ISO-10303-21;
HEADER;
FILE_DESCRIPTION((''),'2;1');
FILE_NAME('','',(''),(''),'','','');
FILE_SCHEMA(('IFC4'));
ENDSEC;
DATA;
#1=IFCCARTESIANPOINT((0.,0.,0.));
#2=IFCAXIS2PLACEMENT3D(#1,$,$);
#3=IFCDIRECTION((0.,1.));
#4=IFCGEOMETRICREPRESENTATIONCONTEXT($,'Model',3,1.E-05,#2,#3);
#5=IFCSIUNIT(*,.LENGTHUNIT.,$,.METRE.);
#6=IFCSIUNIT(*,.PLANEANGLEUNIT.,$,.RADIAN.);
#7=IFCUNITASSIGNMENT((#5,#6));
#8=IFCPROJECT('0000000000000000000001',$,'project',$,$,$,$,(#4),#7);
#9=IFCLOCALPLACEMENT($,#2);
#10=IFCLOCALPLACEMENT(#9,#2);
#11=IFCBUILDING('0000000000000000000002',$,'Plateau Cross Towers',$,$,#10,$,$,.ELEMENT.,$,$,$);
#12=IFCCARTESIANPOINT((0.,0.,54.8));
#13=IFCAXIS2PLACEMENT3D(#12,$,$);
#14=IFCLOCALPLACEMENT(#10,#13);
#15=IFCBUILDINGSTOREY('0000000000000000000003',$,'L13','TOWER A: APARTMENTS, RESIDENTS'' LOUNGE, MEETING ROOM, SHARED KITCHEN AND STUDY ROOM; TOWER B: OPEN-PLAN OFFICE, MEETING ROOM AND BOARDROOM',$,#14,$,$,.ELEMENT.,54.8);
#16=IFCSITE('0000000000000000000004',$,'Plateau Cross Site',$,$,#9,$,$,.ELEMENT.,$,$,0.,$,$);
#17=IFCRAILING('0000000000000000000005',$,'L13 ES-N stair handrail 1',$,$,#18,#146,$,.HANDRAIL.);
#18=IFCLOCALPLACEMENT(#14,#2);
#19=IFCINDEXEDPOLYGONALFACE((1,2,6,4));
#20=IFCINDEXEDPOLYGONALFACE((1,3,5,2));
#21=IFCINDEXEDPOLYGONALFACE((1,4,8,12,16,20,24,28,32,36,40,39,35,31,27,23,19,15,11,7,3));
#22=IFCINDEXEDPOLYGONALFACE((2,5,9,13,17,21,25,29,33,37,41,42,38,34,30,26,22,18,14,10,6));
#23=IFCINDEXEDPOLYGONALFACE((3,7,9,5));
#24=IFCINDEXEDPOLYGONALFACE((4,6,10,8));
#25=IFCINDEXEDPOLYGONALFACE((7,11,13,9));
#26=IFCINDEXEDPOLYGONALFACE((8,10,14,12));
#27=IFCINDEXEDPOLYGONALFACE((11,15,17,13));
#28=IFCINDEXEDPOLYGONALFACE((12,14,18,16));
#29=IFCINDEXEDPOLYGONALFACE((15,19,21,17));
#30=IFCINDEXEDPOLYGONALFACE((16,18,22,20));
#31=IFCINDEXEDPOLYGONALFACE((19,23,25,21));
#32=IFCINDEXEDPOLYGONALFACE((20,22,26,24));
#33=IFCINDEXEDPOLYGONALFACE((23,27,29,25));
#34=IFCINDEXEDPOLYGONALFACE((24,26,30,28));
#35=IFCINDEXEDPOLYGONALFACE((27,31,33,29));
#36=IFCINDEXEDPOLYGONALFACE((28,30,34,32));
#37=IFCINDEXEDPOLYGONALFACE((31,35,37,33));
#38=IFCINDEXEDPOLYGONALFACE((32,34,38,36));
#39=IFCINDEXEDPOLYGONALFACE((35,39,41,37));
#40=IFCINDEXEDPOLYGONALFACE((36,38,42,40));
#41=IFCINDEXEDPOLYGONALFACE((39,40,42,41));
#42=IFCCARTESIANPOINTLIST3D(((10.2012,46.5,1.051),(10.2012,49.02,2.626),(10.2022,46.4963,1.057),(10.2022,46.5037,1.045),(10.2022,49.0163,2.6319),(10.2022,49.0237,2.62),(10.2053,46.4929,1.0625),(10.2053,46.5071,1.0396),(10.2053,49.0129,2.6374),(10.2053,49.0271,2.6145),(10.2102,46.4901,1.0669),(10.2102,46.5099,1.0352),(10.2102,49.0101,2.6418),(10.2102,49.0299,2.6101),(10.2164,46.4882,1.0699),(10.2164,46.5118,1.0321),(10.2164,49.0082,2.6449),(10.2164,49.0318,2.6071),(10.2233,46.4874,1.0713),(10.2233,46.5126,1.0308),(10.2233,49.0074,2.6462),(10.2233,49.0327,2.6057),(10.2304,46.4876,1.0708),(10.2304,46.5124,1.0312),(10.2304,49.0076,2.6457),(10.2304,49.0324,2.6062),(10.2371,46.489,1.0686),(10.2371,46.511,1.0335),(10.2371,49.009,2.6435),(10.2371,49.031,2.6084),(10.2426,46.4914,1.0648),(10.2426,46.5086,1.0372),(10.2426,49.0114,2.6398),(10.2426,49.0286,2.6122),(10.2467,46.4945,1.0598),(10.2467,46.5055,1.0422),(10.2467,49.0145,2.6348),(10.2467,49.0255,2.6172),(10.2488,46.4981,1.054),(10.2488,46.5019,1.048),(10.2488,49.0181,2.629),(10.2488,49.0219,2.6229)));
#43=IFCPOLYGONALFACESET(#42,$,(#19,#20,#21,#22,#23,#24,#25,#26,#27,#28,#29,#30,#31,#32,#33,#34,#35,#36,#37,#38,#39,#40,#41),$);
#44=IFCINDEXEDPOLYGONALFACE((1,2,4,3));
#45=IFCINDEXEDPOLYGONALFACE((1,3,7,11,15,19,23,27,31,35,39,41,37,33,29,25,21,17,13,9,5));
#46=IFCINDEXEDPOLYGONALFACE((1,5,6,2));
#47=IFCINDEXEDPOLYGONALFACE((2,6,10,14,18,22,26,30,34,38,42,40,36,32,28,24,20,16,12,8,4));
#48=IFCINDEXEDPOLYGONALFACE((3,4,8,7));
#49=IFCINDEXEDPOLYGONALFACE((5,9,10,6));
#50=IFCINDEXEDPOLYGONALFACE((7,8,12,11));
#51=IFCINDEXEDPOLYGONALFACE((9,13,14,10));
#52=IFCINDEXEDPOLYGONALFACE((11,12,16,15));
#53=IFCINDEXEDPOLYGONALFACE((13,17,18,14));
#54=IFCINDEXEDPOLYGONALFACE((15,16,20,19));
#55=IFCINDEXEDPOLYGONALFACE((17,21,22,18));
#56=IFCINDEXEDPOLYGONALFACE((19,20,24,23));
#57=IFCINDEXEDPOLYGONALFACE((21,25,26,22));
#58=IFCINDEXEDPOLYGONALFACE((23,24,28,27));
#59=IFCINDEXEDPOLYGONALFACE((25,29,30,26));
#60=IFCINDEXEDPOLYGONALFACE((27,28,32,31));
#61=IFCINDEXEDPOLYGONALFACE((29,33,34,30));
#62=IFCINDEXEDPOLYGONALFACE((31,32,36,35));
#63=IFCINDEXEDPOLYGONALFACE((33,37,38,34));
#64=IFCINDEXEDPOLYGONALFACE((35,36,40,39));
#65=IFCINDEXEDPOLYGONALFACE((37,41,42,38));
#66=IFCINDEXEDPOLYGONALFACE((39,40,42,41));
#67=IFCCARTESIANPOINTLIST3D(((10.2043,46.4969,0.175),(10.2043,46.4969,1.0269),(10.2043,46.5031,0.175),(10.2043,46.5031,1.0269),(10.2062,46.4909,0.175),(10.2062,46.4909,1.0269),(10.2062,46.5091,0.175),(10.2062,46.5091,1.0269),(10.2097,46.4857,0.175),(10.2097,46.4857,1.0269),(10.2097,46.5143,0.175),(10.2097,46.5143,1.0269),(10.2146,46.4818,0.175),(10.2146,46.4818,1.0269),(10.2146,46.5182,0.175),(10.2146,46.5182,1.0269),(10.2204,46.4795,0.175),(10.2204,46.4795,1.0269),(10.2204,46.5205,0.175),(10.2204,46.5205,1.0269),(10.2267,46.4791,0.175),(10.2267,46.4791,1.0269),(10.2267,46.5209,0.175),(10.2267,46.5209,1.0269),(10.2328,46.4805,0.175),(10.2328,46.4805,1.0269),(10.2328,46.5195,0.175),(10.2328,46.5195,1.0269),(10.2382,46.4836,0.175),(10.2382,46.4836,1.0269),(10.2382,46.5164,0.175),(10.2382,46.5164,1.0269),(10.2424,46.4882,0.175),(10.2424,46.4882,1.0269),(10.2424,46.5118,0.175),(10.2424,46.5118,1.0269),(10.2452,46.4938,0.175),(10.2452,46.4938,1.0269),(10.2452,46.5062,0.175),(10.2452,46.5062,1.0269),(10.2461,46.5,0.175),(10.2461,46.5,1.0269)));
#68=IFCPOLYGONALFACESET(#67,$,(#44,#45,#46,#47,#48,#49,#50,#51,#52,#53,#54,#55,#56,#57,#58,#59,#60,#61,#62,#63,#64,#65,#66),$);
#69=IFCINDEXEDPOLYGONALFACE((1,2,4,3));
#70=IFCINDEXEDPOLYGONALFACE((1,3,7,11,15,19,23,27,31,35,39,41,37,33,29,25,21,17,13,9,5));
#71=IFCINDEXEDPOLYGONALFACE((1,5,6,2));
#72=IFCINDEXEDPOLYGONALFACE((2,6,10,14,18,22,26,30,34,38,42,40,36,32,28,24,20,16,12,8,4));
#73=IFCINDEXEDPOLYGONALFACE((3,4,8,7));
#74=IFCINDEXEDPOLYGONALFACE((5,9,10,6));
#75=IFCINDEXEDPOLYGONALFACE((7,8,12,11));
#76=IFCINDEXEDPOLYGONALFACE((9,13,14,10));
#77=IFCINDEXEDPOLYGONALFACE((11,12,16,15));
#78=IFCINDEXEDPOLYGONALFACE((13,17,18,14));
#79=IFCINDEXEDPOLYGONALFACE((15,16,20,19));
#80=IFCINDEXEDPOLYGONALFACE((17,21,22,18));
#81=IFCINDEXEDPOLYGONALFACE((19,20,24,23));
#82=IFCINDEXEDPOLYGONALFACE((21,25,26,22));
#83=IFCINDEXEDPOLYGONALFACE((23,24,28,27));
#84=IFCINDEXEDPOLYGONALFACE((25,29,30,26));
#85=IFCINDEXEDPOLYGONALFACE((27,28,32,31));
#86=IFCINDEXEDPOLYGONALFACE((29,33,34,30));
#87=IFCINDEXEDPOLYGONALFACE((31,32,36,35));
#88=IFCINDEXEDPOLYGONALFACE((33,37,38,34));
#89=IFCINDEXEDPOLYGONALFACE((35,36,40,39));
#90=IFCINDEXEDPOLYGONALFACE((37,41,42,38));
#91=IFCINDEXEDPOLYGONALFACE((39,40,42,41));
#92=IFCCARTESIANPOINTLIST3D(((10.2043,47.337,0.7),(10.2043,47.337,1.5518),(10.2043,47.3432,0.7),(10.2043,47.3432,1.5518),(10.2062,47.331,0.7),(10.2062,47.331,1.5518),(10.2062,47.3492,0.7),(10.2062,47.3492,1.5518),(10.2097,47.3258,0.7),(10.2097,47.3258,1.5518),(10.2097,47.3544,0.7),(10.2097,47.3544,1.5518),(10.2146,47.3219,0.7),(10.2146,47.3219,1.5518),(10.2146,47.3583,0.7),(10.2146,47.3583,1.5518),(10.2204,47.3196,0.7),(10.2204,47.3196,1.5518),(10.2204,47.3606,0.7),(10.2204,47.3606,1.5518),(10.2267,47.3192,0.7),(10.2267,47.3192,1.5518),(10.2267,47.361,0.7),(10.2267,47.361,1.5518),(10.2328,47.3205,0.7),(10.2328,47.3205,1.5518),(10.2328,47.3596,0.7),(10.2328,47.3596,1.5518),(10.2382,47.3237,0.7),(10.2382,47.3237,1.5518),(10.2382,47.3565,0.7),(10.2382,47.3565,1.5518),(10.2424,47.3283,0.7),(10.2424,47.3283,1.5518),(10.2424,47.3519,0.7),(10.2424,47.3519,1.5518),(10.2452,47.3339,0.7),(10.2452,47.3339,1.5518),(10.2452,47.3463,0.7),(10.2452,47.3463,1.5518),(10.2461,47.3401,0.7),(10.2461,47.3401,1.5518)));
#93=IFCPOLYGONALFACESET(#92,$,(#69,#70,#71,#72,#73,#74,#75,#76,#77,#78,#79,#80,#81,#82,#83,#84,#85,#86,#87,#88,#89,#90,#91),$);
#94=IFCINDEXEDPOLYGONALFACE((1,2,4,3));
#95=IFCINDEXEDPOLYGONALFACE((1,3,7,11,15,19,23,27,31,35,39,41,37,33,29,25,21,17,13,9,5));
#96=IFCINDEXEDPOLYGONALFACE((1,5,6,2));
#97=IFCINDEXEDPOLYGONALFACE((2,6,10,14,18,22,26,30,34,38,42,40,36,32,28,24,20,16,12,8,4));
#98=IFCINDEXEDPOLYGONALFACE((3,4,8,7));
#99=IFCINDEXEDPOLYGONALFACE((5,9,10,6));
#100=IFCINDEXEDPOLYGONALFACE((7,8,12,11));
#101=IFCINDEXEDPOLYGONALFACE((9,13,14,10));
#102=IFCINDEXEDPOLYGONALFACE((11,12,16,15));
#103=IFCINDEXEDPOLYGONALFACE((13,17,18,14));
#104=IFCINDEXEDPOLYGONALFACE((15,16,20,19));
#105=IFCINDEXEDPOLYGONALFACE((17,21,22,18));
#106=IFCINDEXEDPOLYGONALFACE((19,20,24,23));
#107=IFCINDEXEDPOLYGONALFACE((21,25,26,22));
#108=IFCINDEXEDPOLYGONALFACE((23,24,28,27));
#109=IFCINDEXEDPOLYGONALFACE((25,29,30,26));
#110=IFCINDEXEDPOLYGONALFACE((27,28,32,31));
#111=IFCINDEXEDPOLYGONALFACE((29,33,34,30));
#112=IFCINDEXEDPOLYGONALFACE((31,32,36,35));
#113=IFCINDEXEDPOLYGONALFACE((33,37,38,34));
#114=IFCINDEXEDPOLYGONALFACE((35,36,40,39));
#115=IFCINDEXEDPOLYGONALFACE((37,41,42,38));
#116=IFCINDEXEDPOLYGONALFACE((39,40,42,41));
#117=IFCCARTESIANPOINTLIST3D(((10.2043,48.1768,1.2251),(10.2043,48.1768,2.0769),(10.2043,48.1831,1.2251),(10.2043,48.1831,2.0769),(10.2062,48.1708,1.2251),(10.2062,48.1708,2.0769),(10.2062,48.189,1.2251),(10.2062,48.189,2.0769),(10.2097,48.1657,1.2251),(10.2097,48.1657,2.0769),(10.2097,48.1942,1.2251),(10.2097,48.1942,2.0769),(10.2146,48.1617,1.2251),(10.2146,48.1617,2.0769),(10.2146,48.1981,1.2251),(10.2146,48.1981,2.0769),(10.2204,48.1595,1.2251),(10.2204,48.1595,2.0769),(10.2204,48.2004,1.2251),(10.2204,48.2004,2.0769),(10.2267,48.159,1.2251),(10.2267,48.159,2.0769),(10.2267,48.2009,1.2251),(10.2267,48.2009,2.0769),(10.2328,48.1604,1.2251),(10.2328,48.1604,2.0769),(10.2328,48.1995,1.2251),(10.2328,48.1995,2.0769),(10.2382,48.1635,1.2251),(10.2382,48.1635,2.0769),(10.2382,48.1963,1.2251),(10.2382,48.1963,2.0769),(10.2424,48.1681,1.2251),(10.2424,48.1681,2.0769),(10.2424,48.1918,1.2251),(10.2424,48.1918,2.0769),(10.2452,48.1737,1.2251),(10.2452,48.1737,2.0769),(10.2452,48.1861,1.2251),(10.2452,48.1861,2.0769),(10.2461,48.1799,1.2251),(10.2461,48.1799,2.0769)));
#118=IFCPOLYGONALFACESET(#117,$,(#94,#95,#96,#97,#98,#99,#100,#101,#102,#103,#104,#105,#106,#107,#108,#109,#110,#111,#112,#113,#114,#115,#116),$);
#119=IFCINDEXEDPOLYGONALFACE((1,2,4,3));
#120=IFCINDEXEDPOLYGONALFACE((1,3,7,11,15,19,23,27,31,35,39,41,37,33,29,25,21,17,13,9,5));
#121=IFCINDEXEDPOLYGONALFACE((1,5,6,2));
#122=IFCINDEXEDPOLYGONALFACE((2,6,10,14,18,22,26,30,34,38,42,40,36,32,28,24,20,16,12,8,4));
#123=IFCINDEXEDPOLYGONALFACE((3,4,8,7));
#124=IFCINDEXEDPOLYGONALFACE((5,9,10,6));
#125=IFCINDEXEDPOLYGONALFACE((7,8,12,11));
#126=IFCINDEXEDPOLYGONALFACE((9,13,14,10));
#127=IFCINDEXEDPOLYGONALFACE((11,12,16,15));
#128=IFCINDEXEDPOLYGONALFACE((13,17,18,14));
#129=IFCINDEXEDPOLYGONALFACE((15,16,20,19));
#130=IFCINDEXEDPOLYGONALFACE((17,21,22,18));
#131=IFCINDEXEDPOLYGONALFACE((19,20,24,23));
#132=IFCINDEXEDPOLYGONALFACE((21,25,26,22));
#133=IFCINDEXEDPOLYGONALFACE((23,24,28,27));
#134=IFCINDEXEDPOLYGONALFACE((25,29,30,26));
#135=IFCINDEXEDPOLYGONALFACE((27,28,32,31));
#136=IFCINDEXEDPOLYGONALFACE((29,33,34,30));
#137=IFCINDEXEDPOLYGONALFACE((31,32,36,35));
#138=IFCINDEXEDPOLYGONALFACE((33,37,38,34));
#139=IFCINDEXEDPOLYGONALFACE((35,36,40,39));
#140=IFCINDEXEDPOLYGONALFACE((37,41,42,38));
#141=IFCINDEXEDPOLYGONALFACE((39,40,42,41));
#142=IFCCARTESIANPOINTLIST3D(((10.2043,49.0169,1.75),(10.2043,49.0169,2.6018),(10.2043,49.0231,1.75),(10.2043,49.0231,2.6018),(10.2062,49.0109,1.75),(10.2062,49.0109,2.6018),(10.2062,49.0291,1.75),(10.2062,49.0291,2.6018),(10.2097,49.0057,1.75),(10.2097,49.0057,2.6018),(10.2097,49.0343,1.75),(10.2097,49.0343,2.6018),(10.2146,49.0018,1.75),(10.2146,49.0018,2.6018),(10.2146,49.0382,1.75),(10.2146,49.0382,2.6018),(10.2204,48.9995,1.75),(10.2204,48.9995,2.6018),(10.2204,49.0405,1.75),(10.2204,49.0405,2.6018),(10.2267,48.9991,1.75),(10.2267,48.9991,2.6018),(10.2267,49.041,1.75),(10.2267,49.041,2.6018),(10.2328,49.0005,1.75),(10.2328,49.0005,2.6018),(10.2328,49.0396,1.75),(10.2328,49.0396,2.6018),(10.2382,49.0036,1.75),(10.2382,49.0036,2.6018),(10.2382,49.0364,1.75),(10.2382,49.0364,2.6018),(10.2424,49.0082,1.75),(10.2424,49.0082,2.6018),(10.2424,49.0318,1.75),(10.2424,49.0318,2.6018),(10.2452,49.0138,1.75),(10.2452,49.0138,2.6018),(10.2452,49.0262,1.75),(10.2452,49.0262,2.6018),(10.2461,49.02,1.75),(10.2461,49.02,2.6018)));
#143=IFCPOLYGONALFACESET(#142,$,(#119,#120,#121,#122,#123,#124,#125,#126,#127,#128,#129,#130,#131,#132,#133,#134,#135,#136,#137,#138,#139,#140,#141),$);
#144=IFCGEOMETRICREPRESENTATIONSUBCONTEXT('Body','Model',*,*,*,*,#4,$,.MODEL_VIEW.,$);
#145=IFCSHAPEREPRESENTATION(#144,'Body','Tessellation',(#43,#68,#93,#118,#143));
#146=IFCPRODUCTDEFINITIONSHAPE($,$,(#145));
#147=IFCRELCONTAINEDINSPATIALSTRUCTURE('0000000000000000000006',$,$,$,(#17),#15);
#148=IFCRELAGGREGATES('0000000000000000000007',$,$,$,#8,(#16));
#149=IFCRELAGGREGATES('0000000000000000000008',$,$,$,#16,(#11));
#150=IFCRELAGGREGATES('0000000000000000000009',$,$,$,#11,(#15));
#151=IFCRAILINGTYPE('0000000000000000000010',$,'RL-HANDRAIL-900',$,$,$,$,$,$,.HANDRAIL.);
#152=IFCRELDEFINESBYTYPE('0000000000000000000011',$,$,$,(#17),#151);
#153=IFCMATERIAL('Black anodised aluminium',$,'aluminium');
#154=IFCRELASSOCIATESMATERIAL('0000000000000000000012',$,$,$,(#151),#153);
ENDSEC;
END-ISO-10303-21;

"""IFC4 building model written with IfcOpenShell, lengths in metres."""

from ifc_helpers import new_model, si_unit, direction, frame, origin, origin_2d, place, context, subcontext, project, spatial, circle, extrude, material, type_object, element, save


model = new_model("IFC4")

# Units and contexts
model_context = context("Model", 3, precision=1e-05, world=origin(), true_north=direction((0.0, 1.0)))
body_context = subcontext(model_context, "Body", "Model", "MODEL_VIEW")
ifc_project = project(units=[si_unit("LENGTHUNIT", "METRE"), si_unit("PLANEANGLEUNIT", "RADIAN")], contexts=[model_context])

# Site, building, storey
site_placement = place(None, origin())
site = spatial("IfcSite", under=ifc_project, at=site_placement, Name="Plateau Cross Site", CompositionType="ELEMENT", RefElevation=0.0)
building_placement = place(site_placement, origin())
building = spatial("IfcBuilding", under=site, at=building_placement, Name="Plateau Cross Towers", CompositionType="ELEMENT")
storey_placement = place(building_placement, frame((0.0, 0.0, 54.8)))
storey = spatial("IfcBuildingStorey", under=building, at=storey_placement, Name="L13", Description="TOWER A: APARTMENTS, RESIDENTS' LOUNGE, MEETING ROOM, SHARED KITCHEN AND STUDY ROOM; TOWER B: OPEN-PLAN OFFICE, MEETING ROOM AND BOARDROOM", CompositionType="ELEMENT", Elevation=54.8)

# Shared definitions
ifc_material_1 = material(Name="Black anodised aluminium", Category="aluminium")

# Railing
railing_type_1 = type_object("IfcRailingType", Name="RL-HANDRAIL-900", PredefinedType="HANDRAIL", material=ifc_material_1)
railing_1_placement = place(storey_placement, frame((10.2251, 46.5, 0.175)))
element("IfcRailing", 1, at=railing_1_placement, inside=storey, type_object=railing_type_1, Name="L13 ES-N stair handrail 1", PredefinedType="HANDRAIL", context=body_context, shape_type="SweptSolid", body=[
    extrude(circle(Radius=0.0239, at=origin_2d()), frame((0.0, 0.0, 0.876), z_axis=(0.0, 0.848008, 0.529984), x_axis=(-1.0, 0.0, 0.0)), (0.0, 0.0, 1.0), 2.9717),
    extrude(circle(Radius=0.021, at=origin_2d()), origin(), (0.0, 0.0, 1.0), 0.8518),
    extrude(circle(Radius=0.021, at=origin_2d()), frame((0.0, 0.8401, 0.5249)), (0.0, 0.0, 1.0), 0.8518),
    extrude(circle(Radius=0.021, at=origin_2d()), frame((0.0, 1.6799, 1.05)), (0.0, 0.0, 1.0), 0.8518),
    extrude(circle(Radius=0.021, at=origin_2d()), frame((0.0, 2.52, 1.575)), (0.0, 0.0, 1.0), 0.8518),
])

save(model, "model.ifc")
